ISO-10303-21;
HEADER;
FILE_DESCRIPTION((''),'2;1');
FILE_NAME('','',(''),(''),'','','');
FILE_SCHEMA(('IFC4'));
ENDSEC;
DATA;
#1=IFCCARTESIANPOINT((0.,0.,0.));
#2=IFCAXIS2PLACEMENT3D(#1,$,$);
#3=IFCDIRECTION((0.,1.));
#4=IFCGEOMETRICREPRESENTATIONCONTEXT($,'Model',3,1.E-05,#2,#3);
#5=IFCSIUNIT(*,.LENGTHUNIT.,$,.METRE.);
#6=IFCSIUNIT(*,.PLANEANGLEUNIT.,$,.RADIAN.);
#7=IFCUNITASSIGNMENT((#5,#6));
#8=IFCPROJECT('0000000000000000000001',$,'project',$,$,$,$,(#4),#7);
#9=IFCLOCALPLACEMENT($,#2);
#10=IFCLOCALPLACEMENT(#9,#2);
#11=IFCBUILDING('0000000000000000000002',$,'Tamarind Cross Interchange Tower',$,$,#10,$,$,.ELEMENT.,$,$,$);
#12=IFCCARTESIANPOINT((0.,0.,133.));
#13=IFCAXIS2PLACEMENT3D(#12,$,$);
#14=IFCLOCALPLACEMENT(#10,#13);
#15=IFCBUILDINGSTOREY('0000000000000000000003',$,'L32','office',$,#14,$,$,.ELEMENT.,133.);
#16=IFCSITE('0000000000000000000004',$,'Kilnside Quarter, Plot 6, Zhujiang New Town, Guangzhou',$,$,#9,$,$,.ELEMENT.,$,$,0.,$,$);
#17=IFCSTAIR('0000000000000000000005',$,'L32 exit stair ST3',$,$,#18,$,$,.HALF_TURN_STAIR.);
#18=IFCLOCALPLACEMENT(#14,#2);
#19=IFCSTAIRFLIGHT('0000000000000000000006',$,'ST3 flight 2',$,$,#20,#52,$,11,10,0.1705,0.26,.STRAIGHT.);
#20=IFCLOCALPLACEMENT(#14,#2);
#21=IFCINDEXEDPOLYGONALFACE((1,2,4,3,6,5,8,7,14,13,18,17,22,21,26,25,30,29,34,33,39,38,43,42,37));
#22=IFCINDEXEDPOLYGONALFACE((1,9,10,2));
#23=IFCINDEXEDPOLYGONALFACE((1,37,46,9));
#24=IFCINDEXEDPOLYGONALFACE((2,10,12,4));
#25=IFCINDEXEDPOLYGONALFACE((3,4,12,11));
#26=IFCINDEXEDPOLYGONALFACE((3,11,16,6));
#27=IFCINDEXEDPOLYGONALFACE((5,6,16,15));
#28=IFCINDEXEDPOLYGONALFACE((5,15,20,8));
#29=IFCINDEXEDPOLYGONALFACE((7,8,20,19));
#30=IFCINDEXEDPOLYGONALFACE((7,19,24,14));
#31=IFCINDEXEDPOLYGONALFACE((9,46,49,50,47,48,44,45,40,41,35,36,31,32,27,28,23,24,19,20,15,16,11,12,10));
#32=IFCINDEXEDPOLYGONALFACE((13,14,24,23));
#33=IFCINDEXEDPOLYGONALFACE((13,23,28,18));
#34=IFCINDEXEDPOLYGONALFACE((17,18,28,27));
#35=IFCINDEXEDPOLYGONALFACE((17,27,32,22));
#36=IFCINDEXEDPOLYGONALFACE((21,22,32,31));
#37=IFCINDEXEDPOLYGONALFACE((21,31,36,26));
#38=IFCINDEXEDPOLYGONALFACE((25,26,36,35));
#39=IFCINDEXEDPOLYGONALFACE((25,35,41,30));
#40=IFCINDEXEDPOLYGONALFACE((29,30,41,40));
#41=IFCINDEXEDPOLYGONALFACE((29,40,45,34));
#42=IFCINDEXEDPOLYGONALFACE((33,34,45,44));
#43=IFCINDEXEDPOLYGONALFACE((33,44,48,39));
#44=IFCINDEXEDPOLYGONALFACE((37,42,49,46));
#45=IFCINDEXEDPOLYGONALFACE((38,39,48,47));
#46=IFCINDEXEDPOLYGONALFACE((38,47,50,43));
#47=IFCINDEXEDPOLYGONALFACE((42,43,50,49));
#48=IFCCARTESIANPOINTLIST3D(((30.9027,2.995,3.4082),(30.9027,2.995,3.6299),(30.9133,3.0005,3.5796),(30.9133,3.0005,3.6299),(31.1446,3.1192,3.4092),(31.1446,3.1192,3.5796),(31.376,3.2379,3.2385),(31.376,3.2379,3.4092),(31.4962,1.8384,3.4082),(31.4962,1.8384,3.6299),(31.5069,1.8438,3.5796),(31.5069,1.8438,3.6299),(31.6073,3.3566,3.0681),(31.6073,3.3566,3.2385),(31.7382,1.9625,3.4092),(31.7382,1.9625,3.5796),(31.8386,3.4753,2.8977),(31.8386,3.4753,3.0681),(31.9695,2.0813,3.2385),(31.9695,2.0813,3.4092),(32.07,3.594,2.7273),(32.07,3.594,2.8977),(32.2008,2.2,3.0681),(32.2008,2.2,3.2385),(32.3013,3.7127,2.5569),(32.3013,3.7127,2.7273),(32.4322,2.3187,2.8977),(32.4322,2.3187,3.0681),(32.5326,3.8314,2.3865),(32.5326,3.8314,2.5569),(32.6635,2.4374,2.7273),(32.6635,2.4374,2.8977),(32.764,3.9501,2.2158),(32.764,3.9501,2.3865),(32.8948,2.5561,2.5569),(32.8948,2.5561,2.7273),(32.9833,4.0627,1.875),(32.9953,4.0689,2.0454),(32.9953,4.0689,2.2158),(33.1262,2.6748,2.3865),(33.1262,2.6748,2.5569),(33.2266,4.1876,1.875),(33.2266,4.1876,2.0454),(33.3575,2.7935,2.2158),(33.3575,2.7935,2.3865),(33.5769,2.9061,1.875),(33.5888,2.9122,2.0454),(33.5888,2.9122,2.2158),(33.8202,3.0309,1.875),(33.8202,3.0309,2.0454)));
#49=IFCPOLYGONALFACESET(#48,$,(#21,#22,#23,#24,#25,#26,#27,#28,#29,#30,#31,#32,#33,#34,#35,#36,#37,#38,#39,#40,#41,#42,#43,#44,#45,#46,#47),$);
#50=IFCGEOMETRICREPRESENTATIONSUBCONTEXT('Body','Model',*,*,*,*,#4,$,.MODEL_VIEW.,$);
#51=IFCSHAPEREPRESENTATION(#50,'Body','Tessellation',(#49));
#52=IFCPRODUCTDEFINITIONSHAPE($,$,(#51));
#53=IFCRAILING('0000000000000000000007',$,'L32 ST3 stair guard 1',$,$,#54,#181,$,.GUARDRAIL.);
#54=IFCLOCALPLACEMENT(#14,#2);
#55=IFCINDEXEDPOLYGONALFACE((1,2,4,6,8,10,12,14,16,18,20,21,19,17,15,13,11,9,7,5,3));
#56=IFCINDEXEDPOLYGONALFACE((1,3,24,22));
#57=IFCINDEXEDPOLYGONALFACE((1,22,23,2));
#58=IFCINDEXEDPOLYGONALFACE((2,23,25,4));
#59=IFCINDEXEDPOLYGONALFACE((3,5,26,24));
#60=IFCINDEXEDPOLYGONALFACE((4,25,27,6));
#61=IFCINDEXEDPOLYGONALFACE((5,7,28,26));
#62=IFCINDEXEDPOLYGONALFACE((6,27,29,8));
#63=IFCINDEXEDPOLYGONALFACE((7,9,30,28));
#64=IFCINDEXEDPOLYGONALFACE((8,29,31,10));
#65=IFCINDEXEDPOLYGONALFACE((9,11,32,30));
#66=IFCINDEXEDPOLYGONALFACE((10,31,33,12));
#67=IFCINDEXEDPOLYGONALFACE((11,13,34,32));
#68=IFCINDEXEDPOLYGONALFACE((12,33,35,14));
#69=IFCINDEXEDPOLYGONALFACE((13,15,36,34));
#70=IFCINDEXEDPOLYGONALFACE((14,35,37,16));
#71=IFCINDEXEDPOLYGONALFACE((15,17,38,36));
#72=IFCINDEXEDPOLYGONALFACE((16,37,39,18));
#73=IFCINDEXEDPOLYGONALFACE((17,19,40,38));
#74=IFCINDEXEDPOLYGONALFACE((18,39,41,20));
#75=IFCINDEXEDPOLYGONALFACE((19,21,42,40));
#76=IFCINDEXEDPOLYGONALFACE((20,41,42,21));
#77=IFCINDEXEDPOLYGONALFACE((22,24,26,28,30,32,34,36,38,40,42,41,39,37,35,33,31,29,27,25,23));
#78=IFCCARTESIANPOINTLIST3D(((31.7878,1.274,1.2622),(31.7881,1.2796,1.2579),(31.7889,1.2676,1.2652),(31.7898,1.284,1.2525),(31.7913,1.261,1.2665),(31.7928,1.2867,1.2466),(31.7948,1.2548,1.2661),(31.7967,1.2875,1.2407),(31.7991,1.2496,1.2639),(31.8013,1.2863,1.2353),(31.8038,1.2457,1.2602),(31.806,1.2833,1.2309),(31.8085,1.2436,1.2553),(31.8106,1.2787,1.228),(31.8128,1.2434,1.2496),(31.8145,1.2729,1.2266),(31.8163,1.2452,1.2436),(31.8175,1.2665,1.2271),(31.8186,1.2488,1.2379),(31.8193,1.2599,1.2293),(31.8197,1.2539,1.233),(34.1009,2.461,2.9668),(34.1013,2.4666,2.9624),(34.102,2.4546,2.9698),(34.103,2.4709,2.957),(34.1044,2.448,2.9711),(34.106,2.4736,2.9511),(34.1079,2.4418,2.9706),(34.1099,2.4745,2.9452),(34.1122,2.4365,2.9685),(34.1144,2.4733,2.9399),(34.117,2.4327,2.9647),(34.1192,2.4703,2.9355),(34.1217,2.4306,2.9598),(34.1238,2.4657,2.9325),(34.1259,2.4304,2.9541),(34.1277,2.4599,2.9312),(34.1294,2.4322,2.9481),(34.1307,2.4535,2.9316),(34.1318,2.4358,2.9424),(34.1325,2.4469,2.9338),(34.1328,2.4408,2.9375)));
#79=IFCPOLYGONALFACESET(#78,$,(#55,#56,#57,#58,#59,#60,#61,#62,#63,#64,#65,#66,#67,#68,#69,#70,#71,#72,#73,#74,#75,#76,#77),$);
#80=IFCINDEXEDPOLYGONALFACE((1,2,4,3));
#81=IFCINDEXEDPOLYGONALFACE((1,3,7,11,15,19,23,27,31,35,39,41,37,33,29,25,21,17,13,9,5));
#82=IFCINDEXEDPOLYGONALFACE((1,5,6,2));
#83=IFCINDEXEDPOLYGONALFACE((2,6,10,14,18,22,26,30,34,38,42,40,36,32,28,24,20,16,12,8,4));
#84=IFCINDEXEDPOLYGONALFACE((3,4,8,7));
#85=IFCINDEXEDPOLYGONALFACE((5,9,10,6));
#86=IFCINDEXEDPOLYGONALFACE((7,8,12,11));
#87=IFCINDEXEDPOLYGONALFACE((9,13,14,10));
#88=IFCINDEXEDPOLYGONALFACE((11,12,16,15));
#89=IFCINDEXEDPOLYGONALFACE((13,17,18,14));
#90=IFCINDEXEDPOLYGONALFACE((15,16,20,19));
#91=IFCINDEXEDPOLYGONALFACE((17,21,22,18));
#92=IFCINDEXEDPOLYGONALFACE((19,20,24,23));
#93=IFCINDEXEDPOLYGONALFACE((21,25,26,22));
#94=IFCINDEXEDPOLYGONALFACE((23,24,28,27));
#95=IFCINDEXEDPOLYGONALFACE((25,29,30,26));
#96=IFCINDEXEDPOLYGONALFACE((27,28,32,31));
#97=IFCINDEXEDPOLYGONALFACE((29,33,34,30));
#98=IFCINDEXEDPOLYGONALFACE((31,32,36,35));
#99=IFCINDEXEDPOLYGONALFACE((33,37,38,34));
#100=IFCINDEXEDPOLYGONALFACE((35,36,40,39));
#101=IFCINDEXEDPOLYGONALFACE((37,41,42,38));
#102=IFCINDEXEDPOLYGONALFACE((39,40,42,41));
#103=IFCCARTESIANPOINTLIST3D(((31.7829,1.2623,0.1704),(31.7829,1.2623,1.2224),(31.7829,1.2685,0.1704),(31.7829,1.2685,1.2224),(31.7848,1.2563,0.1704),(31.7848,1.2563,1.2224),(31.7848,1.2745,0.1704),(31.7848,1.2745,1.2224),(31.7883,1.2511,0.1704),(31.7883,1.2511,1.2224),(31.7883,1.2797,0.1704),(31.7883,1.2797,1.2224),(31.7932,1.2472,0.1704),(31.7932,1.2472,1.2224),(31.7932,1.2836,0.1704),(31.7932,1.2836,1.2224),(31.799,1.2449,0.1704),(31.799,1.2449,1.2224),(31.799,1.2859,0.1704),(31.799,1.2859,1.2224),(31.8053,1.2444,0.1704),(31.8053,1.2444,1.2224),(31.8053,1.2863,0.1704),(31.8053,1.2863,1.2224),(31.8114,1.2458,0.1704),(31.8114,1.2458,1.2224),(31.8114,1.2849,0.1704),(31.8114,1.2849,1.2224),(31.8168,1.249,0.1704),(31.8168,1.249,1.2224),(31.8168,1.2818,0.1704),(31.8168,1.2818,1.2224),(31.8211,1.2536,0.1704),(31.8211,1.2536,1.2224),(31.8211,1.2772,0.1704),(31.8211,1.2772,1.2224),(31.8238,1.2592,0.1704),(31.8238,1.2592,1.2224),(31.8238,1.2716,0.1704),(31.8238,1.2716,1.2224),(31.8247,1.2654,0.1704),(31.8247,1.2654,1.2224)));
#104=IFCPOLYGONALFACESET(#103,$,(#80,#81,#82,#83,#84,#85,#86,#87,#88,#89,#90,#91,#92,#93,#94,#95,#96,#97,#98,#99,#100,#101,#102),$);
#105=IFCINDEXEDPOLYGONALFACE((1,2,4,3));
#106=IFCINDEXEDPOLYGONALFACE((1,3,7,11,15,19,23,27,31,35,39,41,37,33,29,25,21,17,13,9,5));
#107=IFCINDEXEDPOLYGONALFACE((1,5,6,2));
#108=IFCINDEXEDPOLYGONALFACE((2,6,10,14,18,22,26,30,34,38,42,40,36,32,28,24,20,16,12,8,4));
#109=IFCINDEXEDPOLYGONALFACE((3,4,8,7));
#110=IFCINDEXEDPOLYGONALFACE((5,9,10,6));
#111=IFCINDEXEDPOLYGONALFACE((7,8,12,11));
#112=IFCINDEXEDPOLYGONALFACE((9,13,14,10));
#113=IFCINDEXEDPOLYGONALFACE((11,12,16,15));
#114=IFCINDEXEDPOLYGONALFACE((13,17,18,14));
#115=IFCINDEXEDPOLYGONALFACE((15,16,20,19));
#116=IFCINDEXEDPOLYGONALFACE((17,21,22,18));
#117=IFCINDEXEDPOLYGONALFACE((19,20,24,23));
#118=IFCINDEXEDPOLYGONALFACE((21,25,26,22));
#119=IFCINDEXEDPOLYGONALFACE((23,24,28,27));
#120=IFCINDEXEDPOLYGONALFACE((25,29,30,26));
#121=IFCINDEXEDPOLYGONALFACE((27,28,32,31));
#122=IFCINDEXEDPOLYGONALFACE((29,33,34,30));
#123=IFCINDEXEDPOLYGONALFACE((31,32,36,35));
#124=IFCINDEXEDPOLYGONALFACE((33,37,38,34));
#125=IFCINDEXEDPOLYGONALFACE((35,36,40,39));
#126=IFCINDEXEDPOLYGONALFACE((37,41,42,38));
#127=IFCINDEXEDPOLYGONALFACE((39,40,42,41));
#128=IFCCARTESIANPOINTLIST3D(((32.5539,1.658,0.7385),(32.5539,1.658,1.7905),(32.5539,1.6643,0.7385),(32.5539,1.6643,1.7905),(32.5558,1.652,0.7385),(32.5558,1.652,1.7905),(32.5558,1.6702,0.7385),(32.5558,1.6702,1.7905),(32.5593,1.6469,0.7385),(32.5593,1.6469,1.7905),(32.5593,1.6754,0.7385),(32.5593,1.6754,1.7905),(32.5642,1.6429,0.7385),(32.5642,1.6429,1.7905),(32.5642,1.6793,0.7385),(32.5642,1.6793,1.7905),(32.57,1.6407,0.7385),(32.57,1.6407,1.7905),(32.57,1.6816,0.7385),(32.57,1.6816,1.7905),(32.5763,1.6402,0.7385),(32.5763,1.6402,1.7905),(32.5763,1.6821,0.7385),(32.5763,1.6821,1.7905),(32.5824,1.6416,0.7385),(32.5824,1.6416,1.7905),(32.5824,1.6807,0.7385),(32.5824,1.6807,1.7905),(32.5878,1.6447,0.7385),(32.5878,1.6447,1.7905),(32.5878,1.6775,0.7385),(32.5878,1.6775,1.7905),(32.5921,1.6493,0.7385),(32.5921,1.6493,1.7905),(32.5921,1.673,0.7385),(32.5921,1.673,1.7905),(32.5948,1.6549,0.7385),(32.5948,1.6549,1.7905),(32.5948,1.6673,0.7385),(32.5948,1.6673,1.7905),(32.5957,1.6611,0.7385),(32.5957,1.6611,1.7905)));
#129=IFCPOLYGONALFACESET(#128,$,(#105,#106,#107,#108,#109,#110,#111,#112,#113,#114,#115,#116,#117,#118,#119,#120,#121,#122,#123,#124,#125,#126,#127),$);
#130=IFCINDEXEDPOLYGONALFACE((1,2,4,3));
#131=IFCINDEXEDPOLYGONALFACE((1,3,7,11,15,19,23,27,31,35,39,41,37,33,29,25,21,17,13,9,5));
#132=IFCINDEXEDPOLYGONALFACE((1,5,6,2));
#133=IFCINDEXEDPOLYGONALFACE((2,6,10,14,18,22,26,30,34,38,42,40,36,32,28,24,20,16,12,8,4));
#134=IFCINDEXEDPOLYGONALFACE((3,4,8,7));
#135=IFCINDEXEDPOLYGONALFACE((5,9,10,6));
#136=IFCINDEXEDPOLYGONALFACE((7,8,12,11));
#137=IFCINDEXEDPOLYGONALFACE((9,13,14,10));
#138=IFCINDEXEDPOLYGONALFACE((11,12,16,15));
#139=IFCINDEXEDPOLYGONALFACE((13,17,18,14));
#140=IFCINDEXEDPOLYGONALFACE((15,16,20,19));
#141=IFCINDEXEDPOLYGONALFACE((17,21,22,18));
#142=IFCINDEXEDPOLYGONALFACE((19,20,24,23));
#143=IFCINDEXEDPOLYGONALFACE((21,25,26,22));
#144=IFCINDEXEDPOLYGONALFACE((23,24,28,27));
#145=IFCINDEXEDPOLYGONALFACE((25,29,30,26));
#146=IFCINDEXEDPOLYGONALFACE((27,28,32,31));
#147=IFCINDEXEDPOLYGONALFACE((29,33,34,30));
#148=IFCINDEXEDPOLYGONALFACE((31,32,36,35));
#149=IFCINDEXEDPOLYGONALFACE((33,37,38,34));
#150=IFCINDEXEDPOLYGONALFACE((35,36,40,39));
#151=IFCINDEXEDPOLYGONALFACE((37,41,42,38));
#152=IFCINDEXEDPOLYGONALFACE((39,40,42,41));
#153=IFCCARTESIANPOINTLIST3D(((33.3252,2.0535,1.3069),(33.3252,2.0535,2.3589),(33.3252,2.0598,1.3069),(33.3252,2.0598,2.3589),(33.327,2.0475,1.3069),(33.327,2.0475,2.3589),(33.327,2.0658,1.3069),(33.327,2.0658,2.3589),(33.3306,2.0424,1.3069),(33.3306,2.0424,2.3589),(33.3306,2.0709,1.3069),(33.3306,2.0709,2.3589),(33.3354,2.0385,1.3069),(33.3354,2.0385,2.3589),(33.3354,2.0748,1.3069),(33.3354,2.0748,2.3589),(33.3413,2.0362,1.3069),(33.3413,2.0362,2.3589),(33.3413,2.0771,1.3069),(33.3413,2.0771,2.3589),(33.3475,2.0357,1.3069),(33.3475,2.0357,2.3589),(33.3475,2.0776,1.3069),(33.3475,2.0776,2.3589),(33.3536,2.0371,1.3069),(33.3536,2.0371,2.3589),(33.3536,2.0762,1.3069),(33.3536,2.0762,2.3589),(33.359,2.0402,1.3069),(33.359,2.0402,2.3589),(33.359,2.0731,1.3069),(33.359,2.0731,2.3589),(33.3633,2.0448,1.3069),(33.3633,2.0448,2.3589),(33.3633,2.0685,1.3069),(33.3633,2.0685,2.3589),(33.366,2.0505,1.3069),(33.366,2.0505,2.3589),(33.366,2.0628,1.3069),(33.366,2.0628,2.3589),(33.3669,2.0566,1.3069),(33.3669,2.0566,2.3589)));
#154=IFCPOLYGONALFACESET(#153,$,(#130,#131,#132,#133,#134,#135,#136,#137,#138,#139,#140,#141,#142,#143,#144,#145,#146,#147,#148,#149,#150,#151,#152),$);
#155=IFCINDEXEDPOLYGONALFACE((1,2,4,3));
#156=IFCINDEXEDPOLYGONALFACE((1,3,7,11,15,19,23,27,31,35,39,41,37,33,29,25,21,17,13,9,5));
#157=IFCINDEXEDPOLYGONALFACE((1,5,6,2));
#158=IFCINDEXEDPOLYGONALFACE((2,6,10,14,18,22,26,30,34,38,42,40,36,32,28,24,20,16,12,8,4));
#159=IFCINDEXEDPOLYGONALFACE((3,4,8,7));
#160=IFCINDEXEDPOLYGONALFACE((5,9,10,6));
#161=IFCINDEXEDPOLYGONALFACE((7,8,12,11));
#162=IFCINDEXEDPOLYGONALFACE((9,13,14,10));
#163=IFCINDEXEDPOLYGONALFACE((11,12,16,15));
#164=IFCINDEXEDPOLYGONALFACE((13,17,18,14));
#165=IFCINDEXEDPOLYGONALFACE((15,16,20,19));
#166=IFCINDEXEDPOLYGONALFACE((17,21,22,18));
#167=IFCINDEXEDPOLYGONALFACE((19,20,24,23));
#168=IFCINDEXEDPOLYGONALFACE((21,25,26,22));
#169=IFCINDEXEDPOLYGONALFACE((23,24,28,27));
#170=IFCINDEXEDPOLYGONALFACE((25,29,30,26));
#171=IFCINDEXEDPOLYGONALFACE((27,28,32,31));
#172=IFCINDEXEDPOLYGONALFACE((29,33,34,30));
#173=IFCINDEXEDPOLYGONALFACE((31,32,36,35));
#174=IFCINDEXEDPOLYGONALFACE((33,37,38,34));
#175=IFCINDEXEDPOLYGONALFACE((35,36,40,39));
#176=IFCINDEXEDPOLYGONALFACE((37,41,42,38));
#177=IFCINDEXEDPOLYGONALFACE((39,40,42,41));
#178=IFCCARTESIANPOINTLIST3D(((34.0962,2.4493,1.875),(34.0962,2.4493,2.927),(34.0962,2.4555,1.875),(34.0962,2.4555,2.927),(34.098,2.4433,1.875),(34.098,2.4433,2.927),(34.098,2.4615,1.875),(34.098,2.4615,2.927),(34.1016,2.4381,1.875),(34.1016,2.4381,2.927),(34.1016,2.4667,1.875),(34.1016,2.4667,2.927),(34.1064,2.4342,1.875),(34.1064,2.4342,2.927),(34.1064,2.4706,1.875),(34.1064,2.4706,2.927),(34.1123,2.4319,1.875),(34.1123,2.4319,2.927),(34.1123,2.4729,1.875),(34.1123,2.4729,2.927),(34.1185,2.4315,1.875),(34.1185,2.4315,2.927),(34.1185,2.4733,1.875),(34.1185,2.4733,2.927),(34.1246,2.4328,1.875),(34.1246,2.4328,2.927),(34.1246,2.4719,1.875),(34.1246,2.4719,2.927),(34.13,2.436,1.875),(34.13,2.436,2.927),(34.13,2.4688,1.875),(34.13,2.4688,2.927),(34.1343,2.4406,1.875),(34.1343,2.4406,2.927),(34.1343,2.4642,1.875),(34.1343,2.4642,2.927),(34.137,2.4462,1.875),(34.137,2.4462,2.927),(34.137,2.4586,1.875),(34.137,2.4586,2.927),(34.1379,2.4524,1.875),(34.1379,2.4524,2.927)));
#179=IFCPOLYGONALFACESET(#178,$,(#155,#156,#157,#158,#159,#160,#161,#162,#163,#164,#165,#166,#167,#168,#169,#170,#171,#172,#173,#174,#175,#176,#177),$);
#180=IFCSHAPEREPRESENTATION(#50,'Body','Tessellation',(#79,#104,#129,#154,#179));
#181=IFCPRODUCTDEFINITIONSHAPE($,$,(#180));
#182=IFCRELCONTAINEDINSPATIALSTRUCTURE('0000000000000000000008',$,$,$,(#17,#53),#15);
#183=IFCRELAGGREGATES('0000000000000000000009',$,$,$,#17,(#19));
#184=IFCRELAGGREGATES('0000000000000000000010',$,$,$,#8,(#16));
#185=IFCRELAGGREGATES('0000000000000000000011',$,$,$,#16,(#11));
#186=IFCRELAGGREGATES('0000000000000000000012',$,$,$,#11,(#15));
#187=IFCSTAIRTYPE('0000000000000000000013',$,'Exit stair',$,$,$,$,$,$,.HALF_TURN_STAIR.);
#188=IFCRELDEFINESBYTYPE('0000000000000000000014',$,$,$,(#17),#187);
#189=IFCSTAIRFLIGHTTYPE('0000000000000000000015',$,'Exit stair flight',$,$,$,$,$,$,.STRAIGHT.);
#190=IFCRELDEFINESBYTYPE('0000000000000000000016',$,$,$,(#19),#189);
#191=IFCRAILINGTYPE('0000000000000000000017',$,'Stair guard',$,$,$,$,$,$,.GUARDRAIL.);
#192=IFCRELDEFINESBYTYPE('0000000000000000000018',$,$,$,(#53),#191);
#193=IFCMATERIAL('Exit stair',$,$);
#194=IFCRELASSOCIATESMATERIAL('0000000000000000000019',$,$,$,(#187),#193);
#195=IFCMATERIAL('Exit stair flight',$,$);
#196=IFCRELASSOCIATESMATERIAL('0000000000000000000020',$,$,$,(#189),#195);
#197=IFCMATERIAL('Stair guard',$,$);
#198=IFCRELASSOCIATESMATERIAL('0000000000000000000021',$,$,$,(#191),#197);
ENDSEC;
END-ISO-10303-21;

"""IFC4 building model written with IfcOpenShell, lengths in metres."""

from ifc_helpers import new_model, si_unit, direction, frame, origin, origin_2d, place, context, subcontext, project, spatial, polyline, circle, outline, extrude, material, type_object, element, aggregate, save


model = new_model("IFC4")

# Units and contexts
model_context = context("Model", 3, precision=1e-05, world=origin(), true_north=direction((0.0, 1.0)))
body_context = subcontext(model_context, "Body", "Model", "MODEL_VIEW")
ifc_project = project(units=[si_unit("LENGTHUNIT", "METRE"), si_unit("PLANEANGLEUNIT", "RADIAN")], contexts=[model_context])

# Site, building, storey
site_placement = place(None, origin())
site = spatial("IfcSite", under=ifc_project, at=site_placement, Name="Kilnside Quarter, Plot 6, Zhujiang New Town, Guangzhou", CompositionType="ELEMENT", RefElevation=0.0)
building_placement = place(site_placement, origin())
building = spatial("IfcBuilding", under=site, at=building_placement, Name="Tamarind Cross Interchange Tower", CompositionType="ELEMENT")
storey_placement = place(building_placement, frame((0.0, 0.0, 133.0)))
storey = spatial("IfcBuildingStorey", under=building, at=storey_placement, Name="L32", Description="office", CompositionType="ELEMENT", Elevation=133.0)

# Stair, stair flight
ifc_material_1 = material(Name="Exit stair")
stair_type = type_object("IfcStairType", Name="Exit stair", PredefinedType="HALF_TURN_STAIR", material=ifc_material_1)
stair_placement = place(storey_placement, origin())
stair = element("IfcStair", 1, at=stair_placement, inside=storey, type_object=stair_type, Name="L32 exit stair ST3", PredefinedType="HALF_TURN_STAIR")
ifc_material_2 = material(Name="Exit stair flight")
stair_flight_type = type_object("IfcStairFlightType", Name="Exit stair flight", PredefinedType="STRAIGHT", material=ifc_material_2)
stair_flight_1_placement = place(storey_placement, frame((33.5234, 3.6091, 1.875), z_axis=(0.0, 0.0, 1.0), x_axis=(-0.889697, -0.456551, 0.0)))
stair_flight_1 = element("IfcStairFlight", 2, at=stair_flight_1_placement, type_object=stair_flight_type, Name="ST3 flight 2", NumberOfRisers=11, NumberOfTreads=10, PredefinedType="STRAIGHT", RiserHeight=0.1705, TreadLength=0.26, context=body_context, shape_type="SweptSolid", body=[
    extrude(outline(polyline([(0.0, 0.0), (0.0, 0.1704), (0.26, 0.1704), (0.26, 0.3408), (0.52, 0.3408), (0.52, 0.5115), (0.78, 0.5115), (0.78, 0.6819), (1.04, 0.6819), (1.04, 0.8523), (1.3, 0.8523), (1.3, 1.0227), (1.5601, 1.0227), (1.5601, 1.1931), (1.8201, 1.1931), (1.8201, 1.3635), (2.0801, 1.3635), (2.0801, 1.5342), (2.3401, 1.5342), (2.3401, 1.7046), (2.6001, 1.7046), (2.6001, 1.7549), (2.6121, 1.7549), (2.6121, 1.5332), (0.2734, 0.0), (0.0, 0.0)])), frame((0.0, 0.6499, 0.0), z_axis=(0.0, -1.0, 0.0), x_axis=(1.0, 0.0, 0.0)), (0.0, 0.0, 1.0), 1.3),
])
aggregate(stair, [stair_flight_1])

# Railing
ifc_material_3 = material(Name="Stair guard")
railing_type_1 = type_object("IfcRailingType", Name="Stair guard", PredefinedType="GUARDRAIL", material=ifc_material_3)
railing_1_placement = place(storey_placement, frame((31.8037, 1.2654, 0.1704)))
element("IfcRailing", 3, at=railing_1_placement, inside=storey, type_object=railing_type_1, Name="L32 ST3 stair guard 1", PredefinedType="GUARDRAIL", context=body_context, shape_type="SweptSolid", body=[
    extrude(circle(Radius=0.0239, at=origin_2d()), frame((0.0, 0.0, 1.0762), z_axis=(0.744052, 0.381803, 0.548282), x_axis=(-0.456542, 0.889702, 0.0)), (0.0, 0.0, 1.0), 3.1089),
    extrude(circle(Radius=0.021, at=origin_2d()), origin(), (0.0, 0.0, 1.0), 1.052),
    extrude(circle(Radius=0.021, at=origin_2d()), frame((0.771, 0.3958, 0.5681)), (0.0, 0.0, 1.0), 1.052),
    extrude(circle(Radius=0.021, at=origin_2d()), frame((1.5422, 0.7913, 1.1365)), (0.0, 0.0, 1.0), 1.052),
    extrude(circle(Radius=0.021, at=origin_2d()), frame((2.3132, 1.187, 1.7046)), (0.0, 0.0, 1.0), 1.052),
])

save(model, "model.ifc")
